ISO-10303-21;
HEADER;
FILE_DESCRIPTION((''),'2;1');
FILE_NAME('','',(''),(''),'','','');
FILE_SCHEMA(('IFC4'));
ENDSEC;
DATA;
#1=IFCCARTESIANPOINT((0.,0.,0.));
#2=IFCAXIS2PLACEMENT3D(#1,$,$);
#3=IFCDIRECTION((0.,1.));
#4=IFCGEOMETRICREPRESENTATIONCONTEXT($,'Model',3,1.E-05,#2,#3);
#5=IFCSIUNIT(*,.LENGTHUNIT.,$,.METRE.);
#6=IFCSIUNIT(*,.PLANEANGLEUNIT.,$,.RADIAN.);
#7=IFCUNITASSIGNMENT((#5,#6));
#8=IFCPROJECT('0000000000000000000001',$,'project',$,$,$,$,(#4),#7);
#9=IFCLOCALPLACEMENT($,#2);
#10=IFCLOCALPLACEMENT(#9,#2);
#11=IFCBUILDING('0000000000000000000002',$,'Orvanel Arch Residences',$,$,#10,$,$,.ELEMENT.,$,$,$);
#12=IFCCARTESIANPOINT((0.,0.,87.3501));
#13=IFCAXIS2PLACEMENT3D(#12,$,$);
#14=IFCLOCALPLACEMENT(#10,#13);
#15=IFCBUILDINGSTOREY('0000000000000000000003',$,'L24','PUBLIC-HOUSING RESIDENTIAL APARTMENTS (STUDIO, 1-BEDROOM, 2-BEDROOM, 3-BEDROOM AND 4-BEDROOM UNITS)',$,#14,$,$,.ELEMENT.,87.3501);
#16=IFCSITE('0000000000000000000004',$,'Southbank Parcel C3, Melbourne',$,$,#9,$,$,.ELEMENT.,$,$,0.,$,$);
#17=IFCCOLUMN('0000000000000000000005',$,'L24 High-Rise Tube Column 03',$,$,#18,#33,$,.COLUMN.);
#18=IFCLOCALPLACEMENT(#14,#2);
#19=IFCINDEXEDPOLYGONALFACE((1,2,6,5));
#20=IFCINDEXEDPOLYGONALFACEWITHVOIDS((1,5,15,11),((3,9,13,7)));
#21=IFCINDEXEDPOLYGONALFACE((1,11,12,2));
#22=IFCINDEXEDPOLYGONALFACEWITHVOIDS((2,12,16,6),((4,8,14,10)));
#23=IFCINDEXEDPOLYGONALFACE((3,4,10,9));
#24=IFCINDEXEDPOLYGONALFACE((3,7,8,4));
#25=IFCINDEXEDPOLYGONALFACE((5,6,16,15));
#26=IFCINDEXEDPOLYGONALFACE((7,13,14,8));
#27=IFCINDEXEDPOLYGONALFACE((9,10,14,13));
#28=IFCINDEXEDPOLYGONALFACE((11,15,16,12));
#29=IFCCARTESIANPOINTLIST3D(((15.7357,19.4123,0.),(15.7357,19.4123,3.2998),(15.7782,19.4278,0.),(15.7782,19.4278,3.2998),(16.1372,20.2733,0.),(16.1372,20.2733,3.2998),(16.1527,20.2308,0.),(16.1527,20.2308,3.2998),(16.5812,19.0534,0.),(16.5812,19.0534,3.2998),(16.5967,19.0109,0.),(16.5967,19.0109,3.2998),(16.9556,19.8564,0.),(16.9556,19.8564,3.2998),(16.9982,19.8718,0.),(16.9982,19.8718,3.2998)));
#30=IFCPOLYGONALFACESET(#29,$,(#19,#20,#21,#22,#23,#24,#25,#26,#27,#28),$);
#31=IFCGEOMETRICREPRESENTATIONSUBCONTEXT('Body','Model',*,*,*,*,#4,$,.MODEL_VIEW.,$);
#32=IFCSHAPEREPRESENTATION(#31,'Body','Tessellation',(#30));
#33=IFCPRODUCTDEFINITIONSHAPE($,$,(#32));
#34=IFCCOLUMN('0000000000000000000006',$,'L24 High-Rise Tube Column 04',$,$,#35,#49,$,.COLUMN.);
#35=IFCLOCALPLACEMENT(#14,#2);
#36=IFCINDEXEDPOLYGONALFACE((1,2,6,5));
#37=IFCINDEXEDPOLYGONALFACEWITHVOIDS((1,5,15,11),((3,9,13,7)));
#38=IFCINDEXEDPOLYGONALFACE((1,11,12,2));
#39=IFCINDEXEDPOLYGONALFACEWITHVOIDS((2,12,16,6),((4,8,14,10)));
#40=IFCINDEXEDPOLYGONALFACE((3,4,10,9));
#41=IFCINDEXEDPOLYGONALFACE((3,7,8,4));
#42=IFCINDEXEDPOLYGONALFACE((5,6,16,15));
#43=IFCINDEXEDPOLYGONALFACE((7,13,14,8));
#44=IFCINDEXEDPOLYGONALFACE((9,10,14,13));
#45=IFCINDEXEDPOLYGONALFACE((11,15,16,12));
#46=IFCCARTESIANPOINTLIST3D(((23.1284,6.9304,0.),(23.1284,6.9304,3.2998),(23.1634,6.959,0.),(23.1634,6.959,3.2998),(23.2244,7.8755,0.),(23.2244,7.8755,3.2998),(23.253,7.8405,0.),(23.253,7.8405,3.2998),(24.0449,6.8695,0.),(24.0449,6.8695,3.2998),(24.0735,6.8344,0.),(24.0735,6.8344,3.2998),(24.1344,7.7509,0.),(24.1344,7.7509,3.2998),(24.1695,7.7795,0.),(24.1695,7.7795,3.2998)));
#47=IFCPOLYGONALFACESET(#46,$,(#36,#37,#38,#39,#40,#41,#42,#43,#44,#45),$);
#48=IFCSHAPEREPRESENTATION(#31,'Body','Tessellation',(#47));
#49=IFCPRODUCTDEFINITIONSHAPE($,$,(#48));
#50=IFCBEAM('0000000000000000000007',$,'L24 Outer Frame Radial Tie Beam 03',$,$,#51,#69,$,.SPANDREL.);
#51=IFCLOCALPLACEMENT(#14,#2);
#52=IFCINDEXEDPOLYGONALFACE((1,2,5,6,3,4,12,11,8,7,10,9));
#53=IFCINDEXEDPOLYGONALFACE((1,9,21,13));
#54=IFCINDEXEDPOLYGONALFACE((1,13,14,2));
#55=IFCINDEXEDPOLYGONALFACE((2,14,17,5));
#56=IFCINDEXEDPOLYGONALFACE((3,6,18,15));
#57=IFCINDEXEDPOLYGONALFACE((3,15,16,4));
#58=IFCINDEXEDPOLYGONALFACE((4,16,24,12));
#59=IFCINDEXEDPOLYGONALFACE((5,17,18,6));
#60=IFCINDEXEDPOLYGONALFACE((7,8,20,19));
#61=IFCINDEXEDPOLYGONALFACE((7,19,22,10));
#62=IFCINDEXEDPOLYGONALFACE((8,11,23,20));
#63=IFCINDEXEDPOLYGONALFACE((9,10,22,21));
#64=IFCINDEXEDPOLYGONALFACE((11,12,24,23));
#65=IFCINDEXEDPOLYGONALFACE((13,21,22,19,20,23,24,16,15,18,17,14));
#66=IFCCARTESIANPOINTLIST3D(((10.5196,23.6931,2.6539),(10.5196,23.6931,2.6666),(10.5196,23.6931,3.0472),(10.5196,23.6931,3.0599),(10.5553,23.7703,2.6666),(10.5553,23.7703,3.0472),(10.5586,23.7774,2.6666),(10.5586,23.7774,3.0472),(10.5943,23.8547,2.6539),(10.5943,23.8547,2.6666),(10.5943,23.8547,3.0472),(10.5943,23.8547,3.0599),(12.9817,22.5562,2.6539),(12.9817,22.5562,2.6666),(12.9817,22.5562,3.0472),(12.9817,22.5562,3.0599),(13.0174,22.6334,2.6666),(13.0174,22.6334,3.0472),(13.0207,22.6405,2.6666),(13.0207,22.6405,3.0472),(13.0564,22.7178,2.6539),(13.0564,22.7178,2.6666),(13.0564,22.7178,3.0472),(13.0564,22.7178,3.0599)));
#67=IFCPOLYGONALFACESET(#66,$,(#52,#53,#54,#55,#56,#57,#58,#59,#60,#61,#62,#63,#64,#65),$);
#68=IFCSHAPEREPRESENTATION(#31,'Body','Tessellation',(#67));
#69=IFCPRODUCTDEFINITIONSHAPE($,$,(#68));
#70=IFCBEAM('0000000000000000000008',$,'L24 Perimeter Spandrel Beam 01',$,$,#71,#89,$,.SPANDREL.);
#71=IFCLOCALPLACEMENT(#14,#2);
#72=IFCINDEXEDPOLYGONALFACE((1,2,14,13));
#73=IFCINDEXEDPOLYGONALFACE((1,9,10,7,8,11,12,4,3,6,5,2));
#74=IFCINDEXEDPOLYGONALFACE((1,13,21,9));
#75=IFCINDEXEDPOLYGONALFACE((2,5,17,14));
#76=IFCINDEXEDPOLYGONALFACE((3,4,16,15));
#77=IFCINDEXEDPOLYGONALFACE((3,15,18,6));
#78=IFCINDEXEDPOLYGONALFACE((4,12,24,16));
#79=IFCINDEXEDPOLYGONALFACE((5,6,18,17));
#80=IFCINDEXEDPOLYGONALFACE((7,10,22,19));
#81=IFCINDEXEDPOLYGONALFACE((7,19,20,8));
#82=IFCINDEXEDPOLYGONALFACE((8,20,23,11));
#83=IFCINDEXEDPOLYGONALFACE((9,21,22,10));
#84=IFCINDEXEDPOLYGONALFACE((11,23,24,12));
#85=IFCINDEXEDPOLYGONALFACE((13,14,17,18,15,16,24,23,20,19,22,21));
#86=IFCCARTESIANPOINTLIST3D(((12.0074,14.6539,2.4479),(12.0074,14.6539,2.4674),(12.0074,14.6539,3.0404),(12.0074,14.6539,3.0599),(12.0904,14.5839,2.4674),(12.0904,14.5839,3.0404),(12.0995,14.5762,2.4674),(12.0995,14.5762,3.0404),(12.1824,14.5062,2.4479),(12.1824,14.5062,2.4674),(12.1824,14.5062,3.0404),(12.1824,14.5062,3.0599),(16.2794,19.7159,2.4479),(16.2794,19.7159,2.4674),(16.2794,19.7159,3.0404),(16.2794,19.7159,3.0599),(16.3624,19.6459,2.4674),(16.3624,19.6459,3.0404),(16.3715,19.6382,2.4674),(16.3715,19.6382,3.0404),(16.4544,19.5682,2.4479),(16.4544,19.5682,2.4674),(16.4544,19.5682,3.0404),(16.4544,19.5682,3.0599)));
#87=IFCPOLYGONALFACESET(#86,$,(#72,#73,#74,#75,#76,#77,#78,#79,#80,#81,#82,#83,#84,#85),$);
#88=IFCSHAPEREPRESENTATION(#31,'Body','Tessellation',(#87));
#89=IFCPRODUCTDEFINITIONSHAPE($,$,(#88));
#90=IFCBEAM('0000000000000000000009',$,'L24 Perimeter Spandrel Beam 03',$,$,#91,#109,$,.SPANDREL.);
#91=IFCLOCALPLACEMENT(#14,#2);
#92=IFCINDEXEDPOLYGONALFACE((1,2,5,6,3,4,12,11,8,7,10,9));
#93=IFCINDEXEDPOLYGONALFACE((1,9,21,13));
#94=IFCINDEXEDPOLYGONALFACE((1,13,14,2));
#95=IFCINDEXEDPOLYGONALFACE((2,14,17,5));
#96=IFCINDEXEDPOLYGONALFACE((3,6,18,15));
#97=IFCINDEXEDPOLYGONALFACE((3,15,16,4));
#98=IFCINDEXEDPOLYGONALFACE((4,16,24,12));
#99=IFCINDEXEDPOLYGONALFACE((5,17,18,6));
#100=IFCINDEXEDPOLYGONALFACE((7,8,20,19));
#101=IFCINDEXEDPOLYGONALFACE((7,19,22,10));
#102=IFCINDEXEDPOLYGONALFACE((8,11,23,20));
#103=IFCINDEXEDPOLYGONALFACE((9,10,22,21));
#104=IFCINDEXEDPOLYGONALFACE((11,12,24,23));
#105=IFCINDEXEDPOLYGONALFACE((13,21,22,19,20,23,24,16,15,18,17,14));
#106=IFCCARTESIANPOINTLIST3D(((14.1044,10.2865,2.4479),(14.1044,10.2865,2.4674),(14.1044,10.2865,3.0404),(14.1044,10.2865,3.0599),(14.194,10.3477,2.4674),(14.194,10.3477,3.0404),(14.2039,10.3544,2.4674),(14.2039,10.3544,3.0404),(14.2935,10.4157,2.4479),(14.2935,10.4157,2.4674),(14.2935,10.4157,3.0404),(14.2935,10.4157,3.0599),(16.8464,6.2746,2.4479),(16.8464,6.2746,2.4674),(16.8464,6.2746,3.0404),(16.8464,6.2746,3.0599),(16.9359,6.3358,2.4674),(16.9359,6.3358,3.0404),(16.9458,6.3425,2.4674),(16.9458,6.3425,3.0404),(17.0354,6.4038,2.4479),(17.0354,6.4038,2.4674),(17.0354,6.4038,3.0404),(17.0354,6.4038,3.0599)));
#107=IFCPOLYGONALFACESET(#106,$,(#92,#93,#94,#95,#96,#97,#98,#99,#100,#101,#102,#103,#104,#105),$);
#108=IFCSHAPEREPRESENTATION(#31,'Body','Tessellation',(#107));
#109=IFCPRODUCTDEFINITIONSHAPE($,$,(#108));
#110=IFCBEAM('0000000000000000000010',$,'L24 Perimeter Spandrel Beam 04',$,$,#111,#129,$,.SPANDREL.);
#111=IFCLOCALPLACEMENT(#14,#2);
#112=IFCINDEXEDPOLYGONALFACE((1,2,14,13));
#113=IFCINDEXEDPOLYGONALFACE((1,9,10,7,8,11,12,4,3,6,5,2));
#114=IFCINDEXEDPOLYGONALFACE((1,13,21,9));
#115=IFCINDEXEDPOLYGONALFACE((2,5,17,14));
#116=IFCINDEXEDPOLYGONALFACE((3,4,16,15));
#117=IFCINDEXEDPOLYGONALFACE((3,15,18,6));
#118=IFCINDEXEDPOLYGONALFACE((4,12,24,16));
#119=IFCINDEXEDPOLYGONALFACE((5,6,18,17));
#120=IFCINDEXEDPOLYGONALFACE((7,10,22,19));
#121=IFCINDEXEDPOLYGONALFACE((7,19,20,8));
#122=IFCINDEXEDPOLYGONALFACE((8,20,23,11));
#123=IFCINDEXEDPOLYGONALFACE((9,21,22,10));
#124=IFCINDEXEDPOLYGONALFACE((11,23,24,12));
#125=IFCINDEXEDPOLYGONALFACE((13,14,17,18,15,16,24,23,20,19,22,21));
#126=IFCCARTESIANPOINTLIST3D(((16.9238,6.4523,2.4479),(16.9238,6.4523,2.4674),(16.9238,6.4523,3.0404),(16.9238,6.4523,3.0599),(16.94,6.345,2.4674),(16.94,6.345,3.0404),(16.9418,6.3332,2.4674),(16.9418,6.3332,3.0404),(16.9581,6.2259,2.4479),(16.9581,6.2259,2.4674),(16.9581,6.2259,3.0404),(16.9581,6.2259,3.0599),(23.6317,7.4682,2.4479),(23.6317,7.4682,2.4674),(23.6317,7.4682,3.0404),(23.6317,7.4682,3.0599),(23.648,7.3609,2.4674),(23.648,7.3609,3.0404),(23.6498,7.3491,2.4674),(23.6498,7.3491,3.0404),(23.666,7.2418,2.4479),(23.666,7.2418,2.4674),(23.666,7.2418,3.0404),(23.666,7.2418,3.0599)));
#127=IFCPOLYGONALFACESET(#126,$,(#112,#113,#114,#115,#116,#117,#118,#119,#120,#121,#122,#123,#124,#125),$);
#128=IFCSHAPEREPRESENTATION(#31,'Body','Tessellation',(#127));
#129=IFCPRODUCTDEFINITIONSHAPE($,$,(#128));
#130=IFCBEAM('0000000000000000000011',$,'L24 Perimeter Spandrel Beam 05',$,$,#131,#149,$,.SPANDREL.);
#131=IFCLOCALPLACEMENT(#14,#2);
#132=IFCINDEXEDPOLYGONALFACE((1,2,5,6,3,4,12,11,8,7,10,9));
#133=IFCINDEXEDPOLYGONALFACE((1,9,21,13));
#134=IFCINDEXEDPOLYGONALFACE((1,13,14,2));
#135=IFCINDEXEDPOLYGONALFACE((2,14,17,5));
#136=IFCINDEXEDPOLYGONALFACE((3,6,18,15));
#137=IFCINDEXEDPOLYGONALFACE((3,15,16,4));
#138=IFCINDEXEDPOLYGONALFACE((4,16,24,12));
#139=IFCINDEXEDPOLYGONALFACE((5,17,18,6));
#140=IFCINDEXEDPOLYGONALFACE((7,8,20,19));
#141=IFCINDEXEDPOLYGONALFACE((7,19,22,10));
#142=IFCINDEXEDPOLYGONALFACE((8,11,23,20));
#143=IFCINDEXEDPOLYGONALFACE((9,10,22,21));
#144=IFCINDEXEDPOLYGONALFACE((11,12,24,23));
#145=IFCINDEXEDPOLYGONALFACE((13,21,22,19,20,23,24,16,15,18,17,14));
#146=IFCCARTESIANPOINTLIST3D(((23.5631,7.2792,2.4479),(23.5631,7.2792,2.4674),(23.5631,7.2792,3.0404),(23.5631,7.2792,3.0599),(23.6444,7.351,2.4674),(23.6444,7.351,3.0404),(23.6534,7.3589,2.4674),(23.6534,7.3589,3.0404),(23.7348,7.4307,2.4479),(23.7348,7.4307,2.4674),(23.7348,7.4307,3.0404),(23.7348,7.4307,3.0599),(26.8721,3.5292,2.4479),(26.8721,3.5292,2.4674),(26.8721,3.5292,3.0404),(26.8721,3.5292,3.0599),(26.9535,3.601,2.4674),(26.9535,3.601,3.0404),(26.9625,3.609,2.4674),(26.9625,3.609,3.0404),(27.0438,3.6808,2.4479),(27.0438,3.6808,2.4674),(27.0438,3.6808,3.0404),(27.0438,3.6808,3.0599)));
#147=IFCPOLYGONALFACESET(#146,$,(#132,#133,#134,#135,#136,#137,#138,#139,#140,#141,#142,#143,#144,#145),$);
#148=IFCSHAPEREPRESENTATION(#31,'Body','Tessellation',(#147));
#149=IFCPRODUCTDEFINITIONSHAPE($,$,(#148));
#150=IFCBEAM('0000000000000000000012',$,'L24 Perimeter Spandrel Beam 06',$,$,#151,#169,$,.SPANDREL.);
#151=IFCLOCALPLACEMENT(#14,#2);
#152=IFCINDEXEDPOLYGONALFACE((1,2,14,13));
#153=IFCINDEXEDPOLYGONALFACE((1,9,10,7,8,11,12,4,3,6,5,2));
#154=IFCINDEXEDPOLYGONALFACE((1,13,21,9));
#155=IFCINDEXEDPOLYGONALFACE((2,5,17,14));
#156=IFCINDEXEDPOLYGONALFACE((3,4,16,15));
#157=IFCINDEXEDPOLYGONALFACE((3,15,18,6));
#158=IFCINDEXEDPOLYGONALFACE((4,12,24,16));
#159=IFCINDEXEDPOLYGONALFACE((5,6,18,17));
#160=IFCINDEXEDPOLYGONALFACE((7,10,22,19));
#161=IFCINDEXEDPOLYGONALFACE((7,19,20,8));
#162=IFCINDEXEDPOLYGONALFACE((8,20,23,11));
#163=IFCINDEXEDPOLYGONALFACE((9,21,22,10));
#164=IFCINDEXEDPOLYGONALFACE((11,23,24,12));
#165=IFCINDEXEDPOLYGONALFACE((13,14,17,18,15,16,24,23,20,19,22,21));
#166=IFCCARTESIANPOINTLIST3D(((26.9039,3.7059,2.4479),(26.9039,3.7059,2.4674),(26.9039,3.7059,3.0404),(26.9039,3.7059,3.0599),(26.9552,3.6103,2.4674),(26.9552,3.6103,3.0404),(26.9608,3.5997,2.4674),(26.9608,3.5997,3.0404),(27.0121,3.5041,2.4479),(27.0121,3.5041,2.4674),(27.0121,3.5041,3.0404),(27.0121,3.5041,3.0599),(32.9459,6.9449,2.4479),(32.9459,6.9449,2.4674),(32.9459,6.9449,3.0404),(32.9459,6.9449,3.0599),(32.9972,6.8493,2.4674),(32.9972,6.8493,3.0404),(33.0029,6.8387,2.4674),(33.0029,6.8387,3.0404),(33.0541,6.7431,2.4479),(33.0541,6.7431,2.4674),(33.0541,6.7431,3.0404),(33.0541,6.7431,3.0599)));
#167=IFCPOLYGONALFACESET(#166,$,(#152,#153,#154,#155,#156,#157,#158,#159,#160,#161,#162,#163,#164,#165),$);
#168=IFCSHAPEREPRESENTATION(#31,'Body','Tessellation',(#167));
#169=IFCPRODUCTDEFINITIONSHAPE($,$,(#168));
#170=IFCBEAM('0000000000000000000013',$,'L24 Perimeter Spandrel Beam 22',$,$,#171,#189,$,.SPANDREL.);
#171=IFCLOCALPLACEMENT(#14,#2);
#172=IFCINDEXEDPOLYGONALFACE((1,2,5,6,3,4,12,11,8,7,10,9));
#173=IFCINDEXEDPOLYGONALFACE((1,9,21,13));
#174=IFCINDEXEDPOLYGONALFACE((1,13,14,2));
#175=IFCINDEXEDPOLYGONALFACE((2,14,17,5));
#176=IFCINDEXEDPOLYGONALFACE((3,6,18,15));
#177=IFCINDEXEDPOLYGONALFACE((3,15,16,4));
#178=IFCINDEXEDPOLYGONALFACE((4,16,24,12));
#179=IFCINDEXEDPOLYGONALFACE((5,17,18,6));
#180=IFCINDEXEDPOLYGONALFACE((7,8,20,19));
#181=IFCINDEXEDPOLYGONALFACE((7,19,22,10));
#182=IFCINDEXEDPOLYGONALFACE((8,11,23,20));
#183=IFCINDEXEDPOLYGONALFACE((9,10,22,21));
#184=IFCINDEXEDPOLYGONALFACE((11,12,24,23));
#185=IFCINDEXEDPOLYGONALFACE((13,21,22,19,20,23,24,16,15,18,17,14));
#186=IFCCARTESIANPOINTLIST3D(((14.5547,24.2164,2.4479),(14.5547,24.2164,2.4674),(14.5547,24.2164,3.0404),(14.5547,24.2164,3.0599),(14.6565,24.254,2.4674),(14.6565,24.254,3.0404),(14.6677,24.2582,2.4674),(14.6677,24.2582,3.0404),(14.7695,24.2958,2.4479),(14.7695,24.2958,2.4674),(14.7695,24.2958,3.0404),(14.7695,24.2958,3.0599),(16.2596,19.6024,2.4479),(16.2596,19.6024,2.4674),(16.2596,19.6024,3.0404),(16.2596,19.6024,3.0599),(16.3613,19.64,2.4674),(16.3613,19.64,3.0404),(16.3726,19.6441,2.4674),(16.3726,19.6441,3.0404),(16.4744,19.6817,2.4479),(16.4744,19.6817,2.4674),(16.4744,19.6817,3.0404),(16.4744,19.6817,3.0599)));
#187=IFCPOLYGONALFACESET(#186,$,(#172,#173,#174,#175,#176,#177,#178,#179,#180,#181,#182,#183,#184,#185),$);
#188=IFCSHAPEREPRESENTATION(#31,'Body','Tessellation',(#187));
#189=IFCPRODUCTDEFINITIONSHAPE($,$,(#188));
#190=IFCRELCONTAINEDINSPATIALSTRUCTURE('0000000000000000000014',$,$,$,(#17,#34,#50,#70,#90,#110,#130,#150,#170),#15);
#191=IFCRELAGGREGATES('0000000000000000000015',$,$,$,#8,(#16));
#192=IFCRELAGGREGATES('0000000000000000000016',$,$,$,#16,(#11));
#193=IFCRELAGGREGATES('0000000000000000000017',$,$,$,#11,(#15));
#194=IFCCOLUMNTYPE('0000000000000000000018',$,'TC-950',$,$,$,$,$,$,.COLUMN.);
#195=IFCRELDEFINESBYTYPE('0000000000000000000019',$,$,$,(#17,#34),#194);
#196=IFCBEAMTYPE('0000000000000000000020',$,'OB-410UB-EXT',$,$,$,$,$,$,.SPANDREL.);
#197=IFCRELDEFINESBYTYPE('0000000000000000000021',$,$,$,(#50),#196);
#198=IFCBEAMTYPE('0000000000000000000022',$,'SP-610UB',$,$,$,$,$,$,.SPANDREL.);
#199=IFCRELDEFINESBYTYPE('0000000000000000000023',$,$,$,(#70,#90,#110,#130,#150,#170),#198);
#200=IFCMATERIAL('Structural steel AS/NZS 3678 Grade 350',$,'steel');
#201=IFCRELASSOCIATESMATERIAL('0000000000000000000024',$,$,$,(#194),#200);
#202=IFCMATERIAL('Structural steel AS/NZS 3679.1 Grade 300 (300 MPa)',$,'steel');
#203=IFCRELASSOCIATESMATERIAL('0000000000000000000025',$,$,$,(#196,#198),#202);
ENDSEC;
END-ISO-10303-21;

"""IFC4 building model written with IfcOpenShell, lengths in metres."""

from ifc_helpers import new_model, si_unit, direction, frame, origin, origin_2d, place, context, subcontext, project, spatial, hollow_rectangle, i_section, extrude, material, material_profile, profile_set, type_object, element, save


model = new_model("IFC4")

# Units and contexts
model_context = context("Model", 3, precision=1e-05, world=origin(), true_north=direction((0.0, 1.0)))
body_context = subcontext(model_context, "Body", "Model", "MODEL_VIEW")
ifc_project = project(units=[si_unit("LENGTHUNIT", "METRE"), si_unit("PLANEANGLEUNIT", "RADIAN")], contexts=[model_context])

# Site, building, storey
site_placement = place(None, origin())
site = spatial("IfcSite", under=ifc_project, at=site_placement, Name="Southbank Parcel C3, Melbourne", CompositionType="ELEMENT", RefElevation=0.0)
building_placement = place(site_placement, origin())
building = spatial("IfcBuilding", under=site, at=building_placement, Name="Orvanel Arch Residences", CompositionType="ELEMENT")
storey_placement = place(building_placement, frame((0.0, 0.0, 87.3501)))
storey = spatial("IfcBuildingStorey", under=building, at=storey_placement, Name="L24", Description="PUBLIC-HOUSING RESIDENTIAL APARTMENTS (STUDIO, 1-BEDROOM, 2-BEDROOM, 3-BEDROOM AND 4-BEDROOM UNITS)", CompositionType="ELEMENT", Elevation=87.3501)

# Columns
ifc_material_1 = material(Name="Structural steel AS/NZS 3678 Grade 350", Category="steel")
ifc_material_profile_1 = material_profile(ifc_material_1, hollow_rectangle(XDim=0.95, YDim=0.95, WallThickness=0.032, at=origin_2d()), Name="BOX950x950x32")
ifc_profile_set_1 = profile_set([ifc_material_profile_1], Name="Structural steel AS/NZS 3678 Grade 350")
column_type_1 = type_object("IfcColumnType", Name="TC-950", PredefinedType="COLUMN", material=ifc_profile_set_1)
for number, where, z_axis, x_axis, name in (
    (1, (16.3669, 19.6421, 0.0), (0.0, 0.0, 1.0), (0.422618, 0.906308, 0.0), "L24 High-Rise Tube Column 03"),
    (2, (23.6489, 7.355, 0.0), (0.0, 0.0, 1.0), (-0.994881, 0.101056, 0.0), "L24 High-Rise Tube Column 04"),
):
    element("IfcColumn", number, at=place(storey_placement, frame(where, z_axis=z_axis, x_axis=x_axis)), inside=storey, type_object=column_type_1, Name=name, PredefinedType="COLUMN", context=body_context, shape_type="SweptSolid", body=[
        extrude(hollow_rectangle(XDim=0.95, YDim=0.95, WallThickness=0.032, at=origin_2d()), origin(), (0.0, 0.0, 1.0), 3.2998),
    ])

# Beams
ifc_material_2 = material(Name="Structural steel AS/NZS 3679.1 Grade 300 (300 MPa)", Category="steel")
ifc_material_profile_2 = material_profile(ifc_material_2, i_section(OverallWidth=0.178, OverallDepth=0.406, WebThickness=0.0078, FlangeThickness=0.0127, at=origin_2d()), Name="410UB59.7")
ifc_profile_set_2 = profile_set([ifc_material_profile_2], Name="Structural steel AS/NZS 3679.1 Grade 300 (300 MPa)")
beam_type_1 = type_object("IfcBeamType", Name="OB-410UB-EXT", PredefinedType="SPANDREL", material=ifc_profile_set_2)
beam_1_placement = place(storey_placement, frame((13.019, 22.637, 2.8569), z_axis=(-0.907878, 0.419235, 0.0), x_axis=(-0.419235, -0.907878, 0.0)))
element("IfcBeam", 3, at=beam_1_placement, inside=storey, type_object=beam_type_1, Name="L24 Outer Frame Radial Tie Beam 03", PredefinedType="SPANDREL", context=body_context, shape_type="SweptSolid", body=[
    extrude(i_section(OverallWidth=0.178, OverallDepth=0.406, WebThickness=0.0078, FlangeThickness=0.0127, at=origin_2d()), origin(), (0.0, 0.0, 1.0), 2.7119),
])
ifc_material_profile_3 = material_profile(ifc_material_2, i_section(OverallWidth=0.229, OverallDepth=0.6121, WebThickness=0.012, FlangeThickness=0.0195, at=origin_2d()), Name="610UB125")
ifc_profile_set_3 = profile_set([ifc_material_profile_3], Name="Structural steel AS/NZS 3679.1 Grade 300 (300 MPa)")
beam_type_2 = type_object("IfcBeamType", Name="SP-610UB", PredefinedType="SPANDREL", material=ifc_profile_set_3)
beam_2_placement = place(storey_placement, frame((16.3669, 19.6421, 2.7539), z_axis=(-0.64495, -0.764224, 0.0), x_axis=(0.764224, -0.64495, 0.0)))
element("IfcBeam", 4, at=beam_2_placement, inside=storey, type_object=beam_type_2, Name="L24 Perimeter Spandrel Beam 01", PredefinedType="SPANDREL", context=body_context, shape_type="SweptSolid", body=[
    extrude(i_section(OverallWidth=0.229, OverallDepth=0.6121, WebThickness=0.012, FlangeThickness=0.0195, at=origin_2d()), origin(), (0.0, 0.0, 1.0), 6.6238),
])
beam_3_placement = place(storey_placement, frame((14.199, 10.3511, 2.7539), z_axis=(0.564252, -0.825603, 0.0), x_axis=(0.825603, 0.564252, 0.0)))
element("IfcBeam", 5, at=beam_3_placement, inside=storey, type_object=beam_type_2, Name="L24 Perimeter Spandrel Beam 03", PredefinedType="SPANDREL", context=body_context, shape_type="SweptSolid", body=[
    extrude(i_section(OverallWidth=0.229, OverallDepth=0.6121, WebThickness=0.012, FlangeThickness=0.0195, at=origin_2d()), origin(), (0.0, 0.0, 1.0), 4.8594),
])
beam_4_placement = place(storey_placement, frame((16.9409, 6.3391, 2.7539), z_axis=(0.988726, 0.149734, 0.0), x_axis=(-0.149734, 0.988726, 0.0)))
element("IfcBeam", 6, at=beam_4_placement, inside=storey, type_object=beam_type_2, Name="L24 Perimeter Spandrel Beam 04", PredefinedType="SPANDREL", context=body_context, shape_type="SweptSolid", body=[
    extrude(i_section(OverallWidth=0.229, OverallDepth=0.6121, WebThickness=0.012, FlangeThickness=0.0195, at=origin_2d()), origin(), (0.0, 0.0, 1.0), 6.7844),
])
beam_5_placement = place(storey_placement, frame((23.6489, 7.355, 2.7539), z_axis=(0.661651, -0.749812, 0.0), x_axis=(0.749812, 0.661651, 0.0)))
element("IfcBeam", 7, at=beam_5_placement, inside=storey, type_object=beam_type_2, Name="L24 Perimeter Spandrel Beam 05", PredefinedType="SPANDREL", context=body_context, shape_type="SweptSolid", body=[
    extrude(i_section(OverallWidth=0.229, OverallDepth=0.6121, WebThickness=0.012, FlangeThickness=0.0195, at=origin_2d()), origin(), (0.0, 0.0, 1.0), 5.0012),
])
beam_6_placement = place(storey_placement, frame((26.958, 3.605, 2.7539), z_axis=(0.881344, 0.472474, 0.0), x_axis=(-0.472474, 0.881344, 0.0)))
element("IfcBeam", 8, at=beam_6_placement, inside=storey, type_object=beam_type_2, Name="L24 Perimeter Spandrel Beam 06", PredefinedType="SPANDREL", context=body_context, shape_type="SweptSolid", body=[
    extrude(i_section(OverallWidth=0.229, OverallDepth=0.6121, WebThickness=0.012, FlangeThickness=0.0195, at=origin_2d()), origin(), (0.0, 0.0, 1.0), 6.8555),
])
beam_7_placement = place(storey_placement, frame((14.6621, 24.2561, 2.7539), z_axis=(0.346588, -0.938017, 0.0), x_axis=(0.938017, 0.346588, 0.0)))
element("IfcBeam", 9, at=beam_7_placement, inside=storey, type_object=beam_type_2, Name="L24 Perimeter Spandrel Beam 22", PredefinedType="SPANDREL", context=body_context, shape_type="SweptSolid", body=[
    extrude(i_section(OverallWidth=0.229, OverallDepth=0.6121, WebThickness=0.012, FlangeThickness=0.0195, at=origin_2d()), origin(), (0.0, 0.0, 1.0), 4.9189),
])

save(model, "model.ifc")
